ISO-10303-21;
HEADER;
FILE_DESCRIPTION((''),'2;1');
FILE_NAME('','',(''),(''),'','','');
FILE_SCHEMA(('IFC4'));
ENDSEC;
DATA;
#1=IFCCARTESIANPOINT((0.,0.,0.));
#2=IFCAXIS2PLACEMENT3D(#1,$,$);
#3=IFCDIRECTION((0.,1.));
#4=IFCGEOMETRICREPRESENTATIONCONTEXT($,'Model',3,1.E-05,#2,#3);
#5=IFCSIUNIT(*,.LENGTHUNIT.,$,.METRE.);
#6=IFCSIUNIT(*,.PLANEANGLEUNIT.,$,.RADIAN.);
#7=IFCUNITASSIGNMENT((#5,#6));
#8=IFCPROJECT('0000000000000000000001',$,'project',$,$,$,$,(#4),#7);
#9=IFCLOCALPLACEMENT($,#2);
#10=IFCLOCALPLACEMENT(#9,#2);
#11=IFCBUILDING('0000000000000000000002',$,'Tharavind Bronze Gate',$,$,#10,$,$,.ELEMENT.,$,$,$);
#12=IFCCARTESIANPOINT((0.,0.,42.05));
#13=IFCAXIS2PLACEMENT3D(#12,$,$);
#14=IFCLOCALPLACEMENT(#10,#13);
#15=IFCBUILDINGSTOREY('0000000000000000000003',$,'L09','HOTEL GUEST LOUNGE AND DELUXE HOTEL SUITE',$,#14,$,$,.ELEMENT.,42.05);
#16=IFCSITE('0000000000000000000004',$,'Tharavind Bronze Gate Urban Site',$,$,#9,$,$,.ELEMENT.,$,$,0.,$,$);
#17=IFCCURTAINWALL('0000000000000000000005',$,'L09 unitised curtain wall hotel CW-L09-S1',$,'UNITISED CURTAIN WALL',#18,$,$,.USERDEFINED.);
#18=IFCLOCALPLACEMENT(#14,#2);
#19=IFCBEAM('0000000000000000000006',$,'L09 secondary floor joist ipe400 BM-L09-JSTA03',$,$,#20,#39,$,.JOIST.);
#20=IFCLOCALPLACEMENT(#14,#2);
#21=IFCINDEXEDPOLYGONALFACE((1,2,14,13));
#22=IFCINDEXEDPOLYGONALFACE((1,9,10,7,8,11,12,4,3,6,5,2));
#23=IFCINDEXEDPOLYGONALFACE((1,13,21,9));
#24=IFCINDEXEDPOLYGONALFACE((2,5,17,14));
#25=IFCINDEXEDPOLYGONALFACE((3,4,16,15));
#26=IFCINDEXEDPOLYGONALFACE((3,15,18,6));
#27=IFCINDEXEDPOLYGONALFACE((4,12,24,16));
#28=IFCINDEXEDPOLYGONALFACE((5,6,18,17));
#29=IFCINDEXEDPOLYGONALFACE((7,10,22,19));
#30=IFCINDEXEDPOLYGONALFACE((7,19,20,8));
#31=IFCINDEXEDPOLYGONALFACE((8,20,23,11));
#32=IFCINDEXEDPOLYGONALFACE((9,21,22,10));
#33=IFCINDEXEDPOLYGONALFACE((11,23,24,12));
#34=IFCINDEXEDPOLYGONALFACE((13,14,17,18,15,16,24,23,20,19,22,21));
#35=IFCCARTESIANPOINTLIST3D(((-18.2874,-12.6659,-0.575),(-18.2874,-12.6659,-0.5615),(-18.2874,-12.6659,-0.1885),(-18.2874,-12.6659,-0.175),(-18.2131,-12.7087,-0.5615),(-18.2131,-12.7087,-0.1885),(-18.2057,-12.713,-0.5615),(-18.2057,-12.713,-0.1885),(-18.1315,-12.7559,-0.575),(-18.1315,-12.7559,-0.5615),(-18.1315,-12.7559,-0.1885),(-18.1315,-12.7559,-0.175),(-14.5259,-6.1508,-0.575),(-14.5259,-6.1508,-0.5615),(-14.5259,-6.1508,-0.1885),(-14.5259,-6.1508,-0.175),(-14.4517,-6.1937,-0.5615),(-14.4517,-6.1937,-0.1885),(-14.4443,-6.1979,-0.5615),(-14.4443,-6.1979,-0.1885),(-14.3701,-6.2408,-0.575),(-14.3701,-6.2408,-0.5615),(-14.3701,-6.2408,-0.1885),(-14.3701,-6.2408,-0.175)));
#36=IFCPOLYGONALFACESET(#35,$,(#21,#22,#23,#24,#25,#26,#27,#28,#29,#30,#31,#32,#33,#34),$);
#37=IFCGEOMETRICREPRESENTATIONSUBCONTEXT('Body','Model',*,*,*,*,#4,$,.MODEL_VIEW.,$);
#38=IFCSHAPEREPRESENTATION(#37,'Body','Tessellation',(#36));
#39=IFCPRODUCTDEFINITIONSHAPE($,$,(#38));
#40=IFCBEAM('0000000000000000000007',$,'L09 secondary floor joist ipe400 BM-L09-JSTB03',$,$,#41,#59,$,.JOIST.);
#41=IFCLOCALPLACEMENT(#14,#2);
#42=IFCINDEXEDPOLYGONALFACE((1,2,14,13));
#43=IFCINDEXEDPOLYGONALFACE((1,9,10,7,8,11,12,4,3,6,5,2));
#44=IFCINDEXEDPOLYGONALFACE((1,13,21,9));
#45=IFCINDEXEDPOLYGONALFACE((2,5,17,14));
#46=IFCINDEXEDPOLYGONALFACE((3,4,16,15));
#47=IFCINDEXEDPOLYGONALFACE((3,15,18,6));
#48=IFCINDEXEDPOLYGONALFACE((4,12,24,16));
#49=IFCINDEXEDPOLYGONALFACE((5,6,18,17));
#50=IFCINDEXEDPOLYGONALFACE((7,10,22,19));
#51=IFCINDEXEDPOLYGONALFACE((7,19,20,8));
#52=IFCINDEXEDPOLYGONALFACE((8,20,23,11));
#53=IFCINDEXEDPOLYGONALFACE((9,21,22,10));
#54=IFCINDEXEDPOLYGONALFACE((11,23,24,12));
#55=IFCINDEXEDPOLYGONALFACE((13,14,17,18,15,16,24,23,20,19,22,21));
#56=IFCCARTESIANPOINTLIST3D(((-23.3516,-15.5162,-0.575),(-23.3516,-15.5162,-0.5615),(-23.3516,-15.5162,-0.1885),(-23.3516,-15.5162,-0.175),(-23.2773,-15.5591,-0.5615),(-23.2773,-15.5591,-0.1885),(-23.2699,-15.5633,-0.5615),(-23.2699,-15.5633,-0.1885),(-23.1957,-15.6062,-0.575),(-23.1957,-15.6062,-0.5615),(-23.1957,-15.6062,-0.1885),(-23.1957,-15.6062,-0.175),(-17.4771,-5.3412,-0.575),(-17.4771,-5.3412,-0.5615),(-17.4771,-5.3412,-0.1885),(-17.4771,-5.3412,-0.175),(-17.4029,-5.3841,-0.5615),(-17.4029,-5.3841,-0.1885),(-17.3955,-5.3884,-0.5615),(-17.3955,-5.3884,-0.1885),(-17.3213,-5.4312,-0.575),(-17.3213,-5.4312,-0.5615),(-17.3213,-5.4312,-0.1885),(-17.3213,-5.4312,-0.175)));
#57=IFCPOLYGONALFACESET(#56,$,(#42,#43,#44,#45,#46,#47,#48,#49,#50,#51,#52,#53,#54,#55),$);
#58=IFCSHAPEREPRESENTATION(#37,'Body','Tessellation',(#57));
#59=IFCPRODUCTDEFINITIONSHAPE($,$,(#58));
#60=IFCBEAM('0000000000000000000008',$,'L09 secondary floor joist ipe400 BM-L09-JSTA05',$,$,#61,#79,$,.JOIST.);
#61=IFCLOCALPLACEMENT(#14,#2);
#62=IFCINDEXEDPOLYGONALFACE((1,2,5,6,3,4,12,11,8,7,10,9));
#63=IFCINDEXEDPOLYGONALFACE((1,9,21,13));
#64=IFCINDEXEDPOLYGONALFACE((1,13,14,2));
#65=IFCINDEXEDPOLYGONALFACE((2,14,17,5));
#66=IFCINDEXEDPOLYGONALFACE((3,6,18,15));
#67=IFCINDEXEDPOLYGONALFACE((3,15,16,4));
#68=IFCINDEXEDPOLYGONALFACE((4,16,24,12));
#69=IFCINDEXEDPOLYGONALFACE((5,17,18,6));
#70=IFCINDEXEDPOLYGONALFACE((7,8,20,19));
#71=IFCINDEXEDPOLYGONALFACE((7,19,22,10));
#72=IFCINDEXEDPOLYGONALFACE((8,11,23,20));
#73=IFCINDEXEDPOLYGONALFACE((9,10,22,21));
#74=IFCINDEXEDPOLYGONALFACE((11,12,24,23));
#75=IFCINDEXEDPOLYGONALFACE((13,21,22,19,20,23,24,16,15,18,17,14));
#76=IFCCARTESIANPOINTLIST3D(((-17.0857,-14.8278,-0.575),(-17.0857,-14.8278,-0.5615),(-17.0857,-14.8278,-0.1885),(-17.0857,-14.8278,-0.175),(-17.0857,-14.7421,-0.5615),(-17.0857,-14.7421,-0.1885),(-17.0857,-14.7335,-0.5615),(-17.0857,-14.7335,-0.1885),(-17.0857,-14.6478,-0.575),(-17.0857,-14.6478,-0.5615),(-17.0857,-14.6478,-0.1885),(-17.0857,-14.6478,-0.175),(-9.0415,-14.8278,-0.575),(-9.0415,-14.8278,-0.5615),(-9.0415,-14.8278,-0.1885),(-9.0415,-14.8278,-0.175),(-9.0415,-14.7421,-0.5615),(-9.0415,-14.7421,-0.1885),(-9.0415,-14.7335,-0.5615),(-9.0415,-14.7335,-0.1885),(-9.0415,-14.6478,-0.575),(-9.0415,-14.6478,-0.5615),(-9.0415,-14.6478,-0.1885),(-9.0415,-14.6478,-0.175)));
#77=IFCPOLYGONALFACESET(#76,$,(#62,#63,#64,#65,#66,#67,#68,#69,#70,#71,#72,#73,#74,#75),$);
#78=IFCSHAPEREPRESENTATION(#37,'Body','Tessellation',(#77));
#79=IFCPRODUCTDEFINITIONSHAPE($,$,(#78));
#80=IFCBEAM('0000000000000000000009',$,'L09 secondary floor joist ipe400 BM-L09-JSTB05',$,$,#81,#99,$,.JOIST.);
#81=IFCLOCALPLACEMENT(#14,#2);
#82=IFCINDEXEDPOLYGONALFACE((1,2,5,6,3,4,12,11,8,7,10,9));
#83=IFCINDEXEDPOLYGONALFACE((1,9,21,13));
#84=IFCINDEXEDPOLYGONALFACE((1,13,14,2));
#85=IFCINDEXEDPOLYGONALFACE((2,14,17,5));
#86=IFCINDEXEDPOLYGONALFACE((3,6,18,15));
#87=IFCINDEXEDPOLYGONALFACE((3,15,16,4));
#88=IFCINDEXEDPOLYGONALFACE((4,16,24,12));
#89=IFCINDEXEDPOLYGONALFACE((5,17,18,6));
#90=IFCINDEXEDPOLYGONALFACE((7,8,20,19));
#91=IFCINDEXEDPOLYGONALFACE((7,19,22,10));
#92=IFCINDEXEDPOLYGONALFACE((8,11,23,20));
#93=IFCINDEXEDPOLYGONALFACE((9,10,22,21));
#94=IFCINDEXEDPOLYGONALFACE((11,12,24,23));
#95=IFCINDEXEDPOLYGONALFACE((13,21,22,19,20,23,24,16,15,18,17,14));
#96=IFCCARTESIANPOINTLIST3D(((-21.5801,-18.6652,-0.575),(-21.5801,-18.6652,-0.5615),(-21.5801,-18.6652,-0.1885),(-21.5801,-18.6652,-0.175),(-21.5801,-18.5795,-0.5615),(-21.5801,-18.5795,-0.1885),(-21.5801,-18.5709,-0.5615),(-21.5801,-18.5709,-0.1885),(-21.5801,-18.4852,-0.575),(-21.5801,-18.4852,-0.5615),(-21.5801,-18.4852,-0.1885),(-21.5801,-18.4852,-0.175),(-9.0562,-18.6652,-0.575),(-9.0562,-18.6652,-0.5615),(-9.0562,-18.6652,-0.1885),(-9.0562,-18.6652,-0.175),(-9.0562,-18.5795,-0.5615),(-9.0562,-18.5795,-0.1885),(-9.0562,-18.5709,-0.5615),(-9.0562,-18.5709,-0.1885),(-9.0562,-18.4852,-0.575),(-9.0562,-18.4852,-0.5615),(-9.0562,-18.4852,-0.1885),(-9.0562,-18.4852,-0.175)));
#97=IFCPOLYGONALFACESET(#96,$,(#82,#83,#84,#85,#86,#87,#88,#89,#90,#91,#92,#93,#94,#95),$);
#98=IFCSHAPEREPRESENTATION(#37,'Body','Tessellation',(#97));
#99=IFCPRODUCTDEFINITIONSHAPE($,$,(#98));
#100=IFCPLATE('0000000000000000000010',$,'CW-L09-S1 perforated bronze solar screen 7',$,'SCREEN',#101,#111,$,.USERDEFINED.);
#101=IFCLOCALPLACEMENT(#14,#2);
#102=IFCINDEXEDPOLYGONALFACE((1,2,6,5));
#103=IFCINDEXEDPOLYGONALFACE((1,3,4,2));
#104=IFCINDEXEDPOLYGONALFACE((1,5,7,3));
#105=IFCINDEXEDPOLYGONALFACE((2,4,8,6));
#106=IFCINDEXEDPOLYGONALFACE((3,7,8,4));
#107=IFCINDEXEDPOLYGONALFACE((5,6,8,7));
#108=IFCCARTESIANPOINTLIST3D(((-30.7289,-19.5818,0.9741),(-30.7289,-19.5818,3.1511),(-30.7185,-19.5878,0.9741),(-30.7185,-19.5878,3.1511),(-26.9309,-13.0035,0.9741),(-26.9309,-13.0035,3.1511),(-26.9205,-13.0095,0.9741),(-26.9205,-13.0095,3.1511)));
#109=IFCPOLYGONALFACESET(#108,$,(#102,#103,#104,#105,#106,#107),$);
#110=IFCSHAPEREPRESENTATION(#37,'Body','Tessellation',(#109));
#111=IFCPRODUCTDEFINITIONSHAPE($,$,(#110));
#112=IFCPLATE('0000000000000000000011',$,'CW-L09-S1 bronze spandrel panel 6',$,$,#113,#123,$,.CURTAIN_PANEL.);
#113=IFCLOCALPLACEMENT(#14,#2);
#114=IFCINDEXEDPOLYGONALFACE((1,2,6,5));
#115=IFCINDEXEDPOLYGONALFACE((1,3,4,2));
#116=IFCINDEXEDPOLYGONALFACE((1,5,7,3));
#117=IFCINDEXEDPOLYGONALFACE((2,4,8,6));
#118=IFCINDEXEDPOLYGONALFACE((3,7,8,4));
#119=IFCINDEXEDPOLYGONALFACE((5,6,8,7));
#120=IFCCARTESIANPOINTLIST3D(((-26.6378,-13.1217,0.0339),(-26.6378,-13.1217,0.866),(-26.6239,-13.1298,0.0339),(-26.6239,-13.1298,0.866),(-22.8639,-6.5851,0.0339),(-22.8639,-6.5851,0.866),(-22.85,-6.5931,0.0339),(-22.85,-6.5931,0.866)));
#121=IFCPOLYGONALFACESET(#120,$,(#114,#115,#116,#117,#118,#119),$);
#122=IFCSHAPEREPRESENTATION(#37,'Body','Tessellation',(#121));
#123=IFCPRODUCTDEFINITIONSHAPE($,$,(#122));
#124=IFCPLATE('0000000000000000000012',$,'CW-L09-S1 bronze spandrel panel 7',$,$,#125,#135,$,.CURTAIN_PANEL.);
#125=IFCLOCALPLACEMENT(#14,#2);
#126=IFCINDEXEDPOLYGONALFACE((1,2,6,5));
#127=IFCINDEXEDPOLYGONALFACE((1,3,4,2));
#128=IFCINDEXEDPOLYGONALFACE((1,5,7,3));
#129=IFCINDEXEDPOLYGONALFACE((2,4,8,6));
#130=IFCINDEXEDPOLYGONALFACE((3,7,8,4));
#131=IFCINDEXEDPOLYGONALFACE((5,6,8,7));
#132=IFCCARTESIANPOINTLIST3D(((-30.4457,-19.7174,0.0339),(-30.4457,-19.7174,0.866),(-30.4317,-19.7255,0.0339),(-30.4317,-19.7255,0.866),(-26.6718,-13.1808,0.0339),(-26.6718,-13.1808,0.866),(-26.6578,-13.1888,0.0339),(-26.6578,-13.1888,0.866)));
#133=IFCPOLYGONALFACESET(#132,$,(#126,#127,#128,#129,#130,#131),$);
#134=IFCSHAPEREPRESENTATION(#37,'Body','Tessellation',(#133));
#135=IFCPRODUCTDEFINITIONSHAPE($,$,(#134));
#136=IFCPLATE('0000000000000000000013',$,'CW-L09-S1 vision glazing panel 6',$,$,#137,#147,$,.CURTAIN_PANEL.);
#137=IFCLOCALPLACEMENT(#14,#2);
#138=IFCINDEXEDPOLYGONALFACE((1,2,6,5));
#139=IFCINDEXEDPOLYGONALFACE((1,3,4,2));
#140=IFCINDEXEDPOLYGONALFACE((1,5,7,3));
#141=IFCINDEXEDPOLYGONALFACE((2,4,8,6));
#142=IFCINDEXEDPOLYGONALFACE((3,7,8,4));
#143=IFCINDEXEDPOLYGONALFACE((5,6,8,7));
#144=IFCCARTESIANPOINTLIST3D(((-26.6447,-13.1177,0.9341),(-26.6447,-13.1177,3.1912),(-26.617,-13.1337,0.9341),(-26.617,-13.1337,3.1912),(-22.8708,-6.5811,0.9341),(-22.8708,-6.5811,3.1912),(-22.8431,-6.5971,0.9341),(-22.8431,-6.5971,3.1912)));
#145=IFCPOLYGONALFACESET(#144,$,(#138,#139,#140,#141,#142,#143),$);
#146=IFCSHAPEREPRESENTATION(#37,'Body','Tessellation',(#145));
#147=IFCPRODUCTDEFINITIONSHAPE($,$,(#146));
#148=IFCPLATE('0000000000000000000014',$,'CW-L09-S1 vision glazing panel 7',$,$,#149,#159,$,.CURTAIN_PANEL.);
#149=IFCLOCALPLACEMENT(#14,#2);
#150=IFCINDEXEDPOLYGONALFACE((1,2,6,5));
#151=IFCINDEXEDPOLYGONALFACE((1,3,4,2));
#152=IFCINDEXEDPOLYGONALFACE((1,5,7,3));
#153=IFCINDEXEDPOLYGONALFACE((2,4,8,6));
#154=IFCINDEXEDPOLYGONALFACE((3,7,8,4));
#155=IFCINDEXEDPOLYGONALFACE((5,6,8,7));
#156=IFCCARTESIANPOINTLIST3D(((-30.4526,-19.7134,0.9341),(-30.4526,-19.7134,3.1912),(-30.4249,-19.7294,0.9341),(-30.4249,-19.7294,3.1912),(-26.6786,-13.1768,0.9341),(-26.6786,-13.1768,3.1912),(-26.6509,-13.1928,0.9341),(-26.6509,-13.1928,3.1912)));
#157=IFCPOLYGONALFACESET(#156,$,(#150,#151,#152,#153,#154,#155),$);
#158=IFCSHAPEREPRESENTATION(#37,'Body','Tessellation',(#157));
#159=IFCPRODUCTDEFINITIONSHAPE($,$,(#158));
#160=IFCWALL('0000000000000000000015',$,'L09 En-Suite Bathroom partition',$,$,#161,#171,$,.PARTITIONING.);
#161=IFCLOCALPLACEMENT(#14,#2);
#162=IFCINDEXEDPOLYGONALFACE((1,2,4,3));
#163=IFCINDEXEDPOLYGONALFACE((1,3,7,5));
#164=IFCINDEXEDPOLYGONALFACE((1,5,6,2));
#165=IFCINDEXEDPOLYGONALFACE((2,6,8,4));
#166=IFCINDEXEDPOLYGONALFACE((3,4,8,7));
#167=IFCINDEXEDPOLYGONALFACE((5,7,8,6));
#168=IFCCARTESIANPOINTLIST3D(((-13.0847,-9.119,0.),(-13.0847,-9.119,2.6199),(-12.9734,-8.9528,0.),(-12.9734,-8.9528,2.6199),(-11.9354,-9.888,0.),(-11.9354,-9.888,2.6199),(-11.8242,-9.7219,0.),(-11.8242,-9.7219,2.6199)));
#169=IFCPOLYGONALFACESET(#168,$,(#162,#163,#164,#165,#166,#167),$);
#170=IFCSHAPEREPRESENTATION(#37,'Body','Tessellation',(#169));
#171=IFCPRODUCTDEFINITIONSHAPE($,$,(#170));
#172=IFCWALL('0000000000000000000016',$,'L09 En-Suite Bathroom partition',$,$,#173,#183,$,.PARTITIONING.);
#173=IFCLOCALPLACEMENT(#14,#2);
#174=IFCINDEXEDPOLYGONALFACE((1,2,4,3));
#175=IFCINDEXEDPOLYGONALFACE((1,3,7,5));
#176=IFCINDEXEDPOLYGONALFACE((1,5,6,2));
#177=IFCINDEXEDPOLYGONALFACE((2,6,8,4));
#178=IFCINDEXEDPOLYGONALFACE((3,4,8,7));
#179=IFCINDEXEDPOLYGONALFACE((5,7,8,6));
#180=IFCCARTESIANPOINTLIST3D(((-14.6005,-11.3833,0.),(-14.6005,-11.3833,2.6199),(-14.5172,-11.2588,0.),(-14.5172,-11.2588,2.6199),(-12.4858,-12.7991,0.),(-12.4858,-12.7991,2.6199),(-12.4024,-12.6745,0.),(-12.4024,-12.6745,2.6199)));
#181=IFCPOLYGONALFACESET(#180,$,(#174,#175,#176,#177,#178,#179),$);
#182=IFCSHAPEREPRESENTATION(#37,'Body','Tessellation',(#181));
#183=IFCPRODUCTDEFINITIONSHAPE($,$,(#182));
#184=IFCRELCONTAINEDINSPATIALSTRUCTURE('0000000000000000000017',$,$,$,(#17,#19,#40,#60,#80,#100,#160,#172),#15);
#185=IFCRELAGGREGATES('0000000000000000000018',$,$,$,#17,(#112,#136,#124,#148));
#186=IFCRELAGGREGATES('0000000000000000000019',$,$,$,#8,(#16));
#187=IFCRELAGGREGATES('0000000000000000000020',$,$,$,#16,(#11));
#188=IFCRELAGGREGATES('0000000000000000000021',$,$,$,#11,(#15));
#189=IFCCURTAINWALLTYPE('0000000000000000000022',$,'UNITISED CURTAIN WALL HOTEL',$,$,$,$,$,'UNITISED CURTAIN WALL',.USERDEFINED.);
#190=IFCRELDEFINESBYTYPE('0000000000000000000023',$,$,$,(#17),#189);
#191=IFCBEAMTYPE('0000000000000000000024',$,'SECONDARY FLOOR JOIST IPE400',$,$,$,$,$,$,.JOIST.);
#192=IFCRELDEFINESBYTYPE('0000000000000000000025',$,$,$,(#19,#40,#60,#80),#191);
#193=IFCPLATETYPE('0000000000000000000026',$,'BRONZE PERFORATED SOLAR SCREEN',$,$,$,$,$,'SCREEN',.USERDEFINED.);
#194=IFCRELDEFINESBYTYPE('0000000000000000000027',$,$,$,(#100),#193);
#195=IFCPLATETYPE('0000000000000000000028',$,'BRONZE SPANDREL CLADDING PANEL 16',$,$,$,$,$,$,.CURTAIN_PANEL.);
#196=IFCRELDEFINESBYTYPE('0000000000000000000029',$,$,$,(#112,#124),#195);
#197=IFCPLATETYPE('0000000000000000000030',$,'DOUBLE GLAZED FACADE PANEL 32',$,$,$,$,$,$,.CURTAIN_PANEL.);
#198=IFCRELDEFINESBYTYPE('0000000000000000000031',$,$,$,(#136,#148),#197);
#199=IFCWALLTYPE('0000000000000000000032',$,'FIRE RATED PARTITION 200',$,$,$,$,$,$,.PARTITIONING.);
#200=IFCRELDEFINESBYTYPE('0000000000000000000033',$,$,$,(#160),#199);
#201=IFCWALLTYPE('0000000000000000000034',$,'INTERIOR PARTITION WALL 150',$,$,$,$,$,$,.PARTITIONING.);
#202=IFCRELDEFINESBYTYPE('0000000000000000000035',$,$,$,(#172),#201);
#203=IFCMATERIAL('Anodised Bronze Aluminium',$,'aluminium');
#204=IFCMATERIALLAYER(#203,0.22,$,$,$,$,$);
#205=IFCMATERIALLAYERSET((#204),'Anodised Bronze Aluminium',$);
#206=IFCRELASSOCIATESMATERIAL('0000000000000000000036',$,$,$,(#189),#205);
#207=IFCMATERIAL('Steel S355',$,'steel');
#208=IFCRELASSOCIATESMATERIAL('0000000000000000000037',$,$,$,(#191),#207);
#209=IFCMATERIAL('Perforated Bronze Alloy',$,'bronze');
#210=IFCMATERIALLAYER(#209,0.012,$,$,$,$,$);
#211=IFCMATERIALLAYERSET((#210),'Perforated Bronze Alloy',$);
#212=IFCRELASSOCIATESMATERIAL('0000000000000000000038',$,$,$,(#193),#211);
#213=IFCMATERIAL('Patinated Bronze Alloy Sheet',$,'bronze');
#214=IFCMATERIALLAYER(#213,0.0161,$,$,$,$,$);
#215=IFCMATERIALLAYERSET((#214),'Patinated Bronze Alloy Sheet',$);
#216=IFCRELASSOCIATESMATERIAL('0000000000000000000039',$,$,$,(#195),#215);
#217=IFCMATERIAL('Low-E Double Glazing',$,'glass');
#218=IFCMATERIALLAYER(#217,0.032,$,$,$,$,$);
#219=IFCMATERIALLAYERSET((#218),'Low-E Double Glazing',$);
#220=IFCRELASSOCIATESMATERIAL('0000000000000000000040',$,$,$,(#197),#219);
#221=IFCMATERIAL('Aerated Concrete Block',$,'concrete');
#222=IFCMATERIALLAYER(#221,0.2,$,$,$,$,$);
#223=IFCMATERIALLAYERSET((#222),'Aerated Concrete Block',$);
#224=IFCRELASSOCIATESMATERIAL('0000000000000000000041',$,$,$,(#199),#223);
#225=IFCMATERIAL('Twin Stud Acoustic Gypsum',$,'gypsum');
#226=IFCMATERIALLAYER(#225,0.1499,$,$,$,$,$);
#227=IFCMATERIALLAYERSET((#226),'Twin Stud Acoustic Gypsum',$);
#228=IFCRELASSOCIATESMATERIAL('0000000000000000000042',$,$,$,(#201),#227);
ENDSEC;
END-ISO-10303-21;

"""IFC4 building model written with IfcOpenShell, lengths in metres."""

from ifc_helpers import new_model, si_unit, direction, frame, frame_2d, origin, origin_2d, place, context, subcontext, project, spatial, rectangle, i_section, extrude, material, layer, layer_set, material_profile, profile_set, type_object, element, aggregate, save


model = new_model("IFC4")

# Units and contexts
model_context = context("Model", 3, precision=1e-05, world=origin(), true_north=direction((0.0, 1.0)))
body_context = subcontext(model_context, "Body", "Model", "MODEL_VIEW")
ifc_project = project(units=[si_unit("LENGTHUNIT", "METRE"), si_unit("PLANEANGLEUNIT", "RADIAN")], contexts=[model_context])

# Site, building, storey
site_placement = place(None, origin())
site = spatial("IfcSite", under=ifc_project, at=site_placement, Name="Tharavind Bronze Gate Urban Site", CompositionType="ELEMENT", RefElevation=0.0)
building_placement = place(site_placement, origin())
building = spatial("IfcBuilding", under=site, at=building_placement, Name="Tharavind Bronze Gate", CompositionType="ELEMENT")
storey_placement = place(building_placement, frame((0.0, 0.0, 42.05)))
storey = spatial("IfcBuildingStorey", under=building, at=storey_placement, Name="L09", Description="HOTEL GUEST LOUNGE AND DELUXE HOTEL SUITE", CompositionType="ELEMENT", Elevation=42.05)

# Curtain wall
ifc_material_1 = material(Name="Anodised Bronze Aluminium", Category="aluminium")
ifc_layer_1 = layer(ifc_material_1, 0.22)
ifc_layer_set_1 = layer_set([ifc_layer_1], Name="Anodised Bronze Aluminium")
curtain_wall_type = type_object("IfcCurtainWallType", Name="UNITISED CURTAIN WALL HOTEL", ElementType="UNITISED CURTAIN WALL", PredefinedType="USERDEFINED", material=ifc_layer_set_1)
curtain_wall_placement = place(storey_placement, origin())
curtain_wall = element("IfcCurtainWall", 1, at=curtain_wall_placement, inside=storey, type_object=curtain_wall_type, Name="L09 unitised curtain wall hotel CW-L09-S1", ObjectType="UNITISED CURTAIN WALL", PredefinedType="USERDEFINED")

# Beams
ifc_material_2 = material(Name="Steel S355", Category="steel")
ifc_material_profile_1 = material_profile(ifc_material_2, i_section(OverallWidth=0.1799, OverallDepth=0.3999, WebThickness=0.0085, FlangeThickness=0.0134, at=origin_2d()), Name="IPE400")
ifc_profile_set_1 = profile_set([ifc_material_profile_1], Name="Steel S355")
beam_type_1 = type_object("IfcBeamType", Name="SECONDARY FLOOR JOIST IPE400", PredefinedType="JOIST", material=ifc_profile_set_1)
beam_1_placement = place(storey_placement, frame((-14.448, -6.1958, -0.375), z_axis=(-0.499996, -0.866028, 0.0), x_axis=(0.866028, -0.499996, 0.0)))
element("IfcBeam", 2, at=beam_1_placement, inside=storey, type_object=beam_type_1, Name="L09 secondary floor joist ipe400 BM-L09-JSTA03", PredefinedType="JOIST", context=body_context, shape_type="SweptSolid", body=[
    extrude(i_section(OverallWidth=0.1799, OverallDepth=0.3999, WebThickness=0.0085, FlangeThickness=0.0134, at=origin_2d()), origin(), (0.0, 0.0, 1.0), 7.5229),
])
beam_2_placement = place(storey_placement, frame((-17.3992, -5.3862, -0.375), z_axis=(-0.499996, -0.866027, 0.0), x_axis=(0.866027, -0.499996, 0.0)))
element("IfcBeam", 3, at=beam_2_placement, inside=storey, type_object=beam_type_1, Name="L09 secondary floor joist ipe400 BM-L09-JSTB03", PredefinedType="JOIST", context=body_context, shape_type="SweptSolid", body=[
    extrude(i_section(OverallWidth=0.1799, OverallDepth=0.3999, WebThickness=0.0085, FlangeThickness=0.0134, at=origin_2d()), origin(), (0.0, 0.0, 1.0), 11.749),
])
beam_3_placement = place(storey_placement, frame((-17.0857, -14.7378, -0.375), z_axis=(1.0, 0.0, 0.0), x_axis=(0.0, 1.0, 0.0)))
element("IfcBeam", 4, at=beam_3_placement, inside=storey, type_object=beam_type_1, Name="L09 secondary floor joist ipe400 BM-L09-JSTA05", PredefinedType="JOIST", context=body_context, shape_type="SweptSolid", body=[
    extrude(i_section(OverallWidth=0.1799, OverallDepth=0.3999, WebThickness=0.0085, FlangeThickness=0.0134, at=origin_2d()), origin(), (0.0, 0.0, 1.0), 8.0442),
])
beam_4_placement = place(storey_placement, frame((-21.5801, -18.5752, -0.375), z_axis=(1.0, 0.0, 0.0), x_axis=(0.0, 1.0, 0.0)))
element("IfcBeam", 5, at=beam_4_placement, inside=storey, type_object=beam_type_1, Name="L09 secondary floor joist ipe400 BM-L09-JSTB05", PredefinedType="JOIST", context=body_context, shape_type="SweptSolid", body=[
    extrude(i_section(OverallWidth=0.1799, OverallDepth=0.3999, WebThickness=0.0085, FlangeThickness=0.0134, at=origin_2d()), origin(), (0.0, 0.0, 1.0), 12.5239),
])

# Plates
ifc_material_3 = material(Name="Perforated Bronze Alloy", Category="bronze")
ifc_layer_2 = layer(ifc_material_3, 0.012)
ifc_layer_set_2 = layer_set([ifc_layer_2], Name="Perforated Bronze Alloy")
plate_type_1 = type_object("IfcPlateType", Name="BRONZE PERFORATED SOLAR SCREEN", ElementType="SCREEN", PredefinedType="USERDEFINED", material=ifc_layer_set_2)
plate_1_placement = place(storey_placement, frame((-28.8247, -16.2957, 0.9741), z_axis=(0.0, 0.0, 1.0), x_axis=(-0.500002, -0.866025, 0.0)))
element("IfcPlate", 6, at=plate_1_placement, inside=storey, type_object=plate_type_1, Name="CW-L09-S1 perforated bronze solar screen 7", ObjectType="SCREEN", PredefinedType="USERDEFINED", context=body_context, shape_type="SweptSolid", body=[
    extrude(rectangle(XDim=7.5959, YDim=0.012, at=origin_2d()), origin(), (0.0, 0.0, 1.0), 2.177),
])
ifc_material_4 = material(Name="Patinated Bronze Alloy Sheet", Category="bronze")
ifc_layer_3 = layer(ifc_material_4, 0.0161)
ifc_layer_set_3 = layer_set([ifc_layer_3], Name="Patinated Bronze Alloy Sheet")
plate_type_2 = type_object("IfcPlateType", Name="BRONZE SPANDREL CLADDING PANEL 16", PredefinedType="CURTAIN_PANEL", material=ifc_layer_set_3)
plate_2_placement = place(storey_placement, frame((-24.7439, -9.8574, 0.0339), z_axis=(0.0, 0.0, 1.0), x_axis=(-0.500002, -0.866025, 0.0)))
plate_2 = element("IfcPlate", 7, at=plate_2_placement, type_object=plate_type_2, Name="CW-L09-S1 bronze spandrel panel 6", PredefinedType="CURTAIN_PANEL", context=body_context, shape_type="SweptSolid", body=[
    extrude(rectangle(XDim=7.5479, YDim=0.0161, at=origin_2d()), origin(), (0.0, 0.0, 1.0), 0.832),
])
plate_3_placement = place(storey_placement, frame((-28.5518, -16.4531, 0.0339), z_axis=(0.0, 0.0, 1.0), x_axis=(-0.500002, -0.866025, 0.0)))
plate_3 = element("IfcPlate", 8, at=plate_3_placement, type_object=plate_type_2, Name="CW-L09-S1 bronze spandrel panel 7", PredefinedType="CURTAIN_PANEL", context=body_context, shape_type="SweptSolid", body=[
    extrude(rectangle(XDim=7.5479, YDim=0.0161, at=origin_2d()), origin(), (0.0, 0.0, 1.0), 0.832),
])
ifc_material_5 = material(Name="Low-E Double Glazing", Category="glass")
ifc_layer_4 = layer(ifc_material_5, 0.032)
ifc_layer_set_4 = layer_set([ifc_layer_4], Name="Low-E Double Glazing")
plate_type_3 = type_object("IfcPlateType", Name="DOUBLE GLAZED FACADE PANEL 32", PredefinedType="CURTAIN_PANEL", material=ifc_layer_set_4)
plate_4_placement = place(storey_placement, frame((-24.7439, -9.8574, 0.9341), z_axis=(0.0, 0.0, 1.0), x_axis=(-0.500002, -0.866025, 0.0)))
plate_4 = element("IfcPlate", 9, at=plate_4_placement, type_object=plate_type_3, Name="CW-L09-S1 vision glazing panel 6", PredefinedType="CURTAIN_PANEL", context=body_context, shape_type="SweptSolid", body=[
    extrude(rectangle(XDim=7.5479, YDim=0.032, at=origin_2d()), origin(), (0.0, 0.0, 1.0), 2.2571),
])
plate_5_placement = place(storey_placement, frame((-28.5518, -16.4531, 0.9341), z_axis=(0.0, 0.0, 1.0), x_axis=(-0.500002, -0.866025, 0.0)))
plate_5 = element("IfcPlate", 10, at=plate_5_placement, type_object=plate_type_3, Name="CW-L09-S1 vision glazing panel 7", PredefinedType="CURTAIN_PANEL", context=body_context, shape_type="SweptSolid", body=[
    extrude(rectangle(XDim=7.5479, YDim=0.032, at=origin_2d()), origin(), (0.0, 0.0, 1.0), 2.2571),
])
aggregate(curtain_wall, [plate_2, plate_4, plate_3, plate_5])

# Walls
ifc_material_6 = material(Name="Aerated Concrete Block", Category="concrete")
ifc_layer_5 = layer(ifc_material_6, 0.2)
ifc_layer_set_5 = layer_set([ifc_layer_5], Name="Aerated Concrete Block")
wall_type_1 = type_object("IfcWallType", Name="FIRE RATED PARTITION 200", PredefinedType="PARTITIONING", material=ifc_layer_set_5)
wall_1_placement = place(storey_placement, frame((-13.0291, -9.0359, 0.0), z_axis=(0.0, 0.0, 1.0), x_axis=(0.831071, -0.556166, 0.0)))
element("IfcWall", 11, at=wall_1_placement, inside=storey, type_object=wall_type_1, Name="L09 En-Suite Bathroom partition", PredefinedType="PARTITIONING", context=body_context, shape_type="SweptSolid", body=[
    extrude(rectangle(XDim=1.3828, YDim=0.2, at=frame_2d((0.6914, 0.0))), origin(), (0.0, 0.0, 1.0), 2.6199),
])
ifc_material_7 = material(Name="Twin Stud Acoustic Gypsum", Category="gypsum")
ifc_layer_6 = layer(ifc_material_7, 0.1499)
ifc_layer_set_6 = layer_set([ifc_layer_6], Name="Twin Stud Acoustic Gypsum")
wall_type_2 = type_object("IfcWallType", Name="INTERIOR PARTITION WALL 150", PredefinedType="PARTITIONING", material=ifc_layer_set_6)
wall_2_placement = place(storey_placement, frame((-12.4441, -12.7368, 0.0), z_axis=(0.0, 0.0, 1.0), x_axis=(-0.830971, 0.556315, 0.0)))
element("IfcWall", 12, at=wall_2_placement, inside=storey, type_object=wall_type_2, Name="L09 En-Suite Bathroom partition", PredefinedType="PARTITIONING", context=body_context, shape_type="SweptSolid", body=[
    extrude(rectangle(XDim=2.5449, YDim=0.1499, at=frame_2d((1.2725, 0.0))), origin(), (0.0, 0.0, 1.0), 2.6199),
])

save(model, "model.ifc")
